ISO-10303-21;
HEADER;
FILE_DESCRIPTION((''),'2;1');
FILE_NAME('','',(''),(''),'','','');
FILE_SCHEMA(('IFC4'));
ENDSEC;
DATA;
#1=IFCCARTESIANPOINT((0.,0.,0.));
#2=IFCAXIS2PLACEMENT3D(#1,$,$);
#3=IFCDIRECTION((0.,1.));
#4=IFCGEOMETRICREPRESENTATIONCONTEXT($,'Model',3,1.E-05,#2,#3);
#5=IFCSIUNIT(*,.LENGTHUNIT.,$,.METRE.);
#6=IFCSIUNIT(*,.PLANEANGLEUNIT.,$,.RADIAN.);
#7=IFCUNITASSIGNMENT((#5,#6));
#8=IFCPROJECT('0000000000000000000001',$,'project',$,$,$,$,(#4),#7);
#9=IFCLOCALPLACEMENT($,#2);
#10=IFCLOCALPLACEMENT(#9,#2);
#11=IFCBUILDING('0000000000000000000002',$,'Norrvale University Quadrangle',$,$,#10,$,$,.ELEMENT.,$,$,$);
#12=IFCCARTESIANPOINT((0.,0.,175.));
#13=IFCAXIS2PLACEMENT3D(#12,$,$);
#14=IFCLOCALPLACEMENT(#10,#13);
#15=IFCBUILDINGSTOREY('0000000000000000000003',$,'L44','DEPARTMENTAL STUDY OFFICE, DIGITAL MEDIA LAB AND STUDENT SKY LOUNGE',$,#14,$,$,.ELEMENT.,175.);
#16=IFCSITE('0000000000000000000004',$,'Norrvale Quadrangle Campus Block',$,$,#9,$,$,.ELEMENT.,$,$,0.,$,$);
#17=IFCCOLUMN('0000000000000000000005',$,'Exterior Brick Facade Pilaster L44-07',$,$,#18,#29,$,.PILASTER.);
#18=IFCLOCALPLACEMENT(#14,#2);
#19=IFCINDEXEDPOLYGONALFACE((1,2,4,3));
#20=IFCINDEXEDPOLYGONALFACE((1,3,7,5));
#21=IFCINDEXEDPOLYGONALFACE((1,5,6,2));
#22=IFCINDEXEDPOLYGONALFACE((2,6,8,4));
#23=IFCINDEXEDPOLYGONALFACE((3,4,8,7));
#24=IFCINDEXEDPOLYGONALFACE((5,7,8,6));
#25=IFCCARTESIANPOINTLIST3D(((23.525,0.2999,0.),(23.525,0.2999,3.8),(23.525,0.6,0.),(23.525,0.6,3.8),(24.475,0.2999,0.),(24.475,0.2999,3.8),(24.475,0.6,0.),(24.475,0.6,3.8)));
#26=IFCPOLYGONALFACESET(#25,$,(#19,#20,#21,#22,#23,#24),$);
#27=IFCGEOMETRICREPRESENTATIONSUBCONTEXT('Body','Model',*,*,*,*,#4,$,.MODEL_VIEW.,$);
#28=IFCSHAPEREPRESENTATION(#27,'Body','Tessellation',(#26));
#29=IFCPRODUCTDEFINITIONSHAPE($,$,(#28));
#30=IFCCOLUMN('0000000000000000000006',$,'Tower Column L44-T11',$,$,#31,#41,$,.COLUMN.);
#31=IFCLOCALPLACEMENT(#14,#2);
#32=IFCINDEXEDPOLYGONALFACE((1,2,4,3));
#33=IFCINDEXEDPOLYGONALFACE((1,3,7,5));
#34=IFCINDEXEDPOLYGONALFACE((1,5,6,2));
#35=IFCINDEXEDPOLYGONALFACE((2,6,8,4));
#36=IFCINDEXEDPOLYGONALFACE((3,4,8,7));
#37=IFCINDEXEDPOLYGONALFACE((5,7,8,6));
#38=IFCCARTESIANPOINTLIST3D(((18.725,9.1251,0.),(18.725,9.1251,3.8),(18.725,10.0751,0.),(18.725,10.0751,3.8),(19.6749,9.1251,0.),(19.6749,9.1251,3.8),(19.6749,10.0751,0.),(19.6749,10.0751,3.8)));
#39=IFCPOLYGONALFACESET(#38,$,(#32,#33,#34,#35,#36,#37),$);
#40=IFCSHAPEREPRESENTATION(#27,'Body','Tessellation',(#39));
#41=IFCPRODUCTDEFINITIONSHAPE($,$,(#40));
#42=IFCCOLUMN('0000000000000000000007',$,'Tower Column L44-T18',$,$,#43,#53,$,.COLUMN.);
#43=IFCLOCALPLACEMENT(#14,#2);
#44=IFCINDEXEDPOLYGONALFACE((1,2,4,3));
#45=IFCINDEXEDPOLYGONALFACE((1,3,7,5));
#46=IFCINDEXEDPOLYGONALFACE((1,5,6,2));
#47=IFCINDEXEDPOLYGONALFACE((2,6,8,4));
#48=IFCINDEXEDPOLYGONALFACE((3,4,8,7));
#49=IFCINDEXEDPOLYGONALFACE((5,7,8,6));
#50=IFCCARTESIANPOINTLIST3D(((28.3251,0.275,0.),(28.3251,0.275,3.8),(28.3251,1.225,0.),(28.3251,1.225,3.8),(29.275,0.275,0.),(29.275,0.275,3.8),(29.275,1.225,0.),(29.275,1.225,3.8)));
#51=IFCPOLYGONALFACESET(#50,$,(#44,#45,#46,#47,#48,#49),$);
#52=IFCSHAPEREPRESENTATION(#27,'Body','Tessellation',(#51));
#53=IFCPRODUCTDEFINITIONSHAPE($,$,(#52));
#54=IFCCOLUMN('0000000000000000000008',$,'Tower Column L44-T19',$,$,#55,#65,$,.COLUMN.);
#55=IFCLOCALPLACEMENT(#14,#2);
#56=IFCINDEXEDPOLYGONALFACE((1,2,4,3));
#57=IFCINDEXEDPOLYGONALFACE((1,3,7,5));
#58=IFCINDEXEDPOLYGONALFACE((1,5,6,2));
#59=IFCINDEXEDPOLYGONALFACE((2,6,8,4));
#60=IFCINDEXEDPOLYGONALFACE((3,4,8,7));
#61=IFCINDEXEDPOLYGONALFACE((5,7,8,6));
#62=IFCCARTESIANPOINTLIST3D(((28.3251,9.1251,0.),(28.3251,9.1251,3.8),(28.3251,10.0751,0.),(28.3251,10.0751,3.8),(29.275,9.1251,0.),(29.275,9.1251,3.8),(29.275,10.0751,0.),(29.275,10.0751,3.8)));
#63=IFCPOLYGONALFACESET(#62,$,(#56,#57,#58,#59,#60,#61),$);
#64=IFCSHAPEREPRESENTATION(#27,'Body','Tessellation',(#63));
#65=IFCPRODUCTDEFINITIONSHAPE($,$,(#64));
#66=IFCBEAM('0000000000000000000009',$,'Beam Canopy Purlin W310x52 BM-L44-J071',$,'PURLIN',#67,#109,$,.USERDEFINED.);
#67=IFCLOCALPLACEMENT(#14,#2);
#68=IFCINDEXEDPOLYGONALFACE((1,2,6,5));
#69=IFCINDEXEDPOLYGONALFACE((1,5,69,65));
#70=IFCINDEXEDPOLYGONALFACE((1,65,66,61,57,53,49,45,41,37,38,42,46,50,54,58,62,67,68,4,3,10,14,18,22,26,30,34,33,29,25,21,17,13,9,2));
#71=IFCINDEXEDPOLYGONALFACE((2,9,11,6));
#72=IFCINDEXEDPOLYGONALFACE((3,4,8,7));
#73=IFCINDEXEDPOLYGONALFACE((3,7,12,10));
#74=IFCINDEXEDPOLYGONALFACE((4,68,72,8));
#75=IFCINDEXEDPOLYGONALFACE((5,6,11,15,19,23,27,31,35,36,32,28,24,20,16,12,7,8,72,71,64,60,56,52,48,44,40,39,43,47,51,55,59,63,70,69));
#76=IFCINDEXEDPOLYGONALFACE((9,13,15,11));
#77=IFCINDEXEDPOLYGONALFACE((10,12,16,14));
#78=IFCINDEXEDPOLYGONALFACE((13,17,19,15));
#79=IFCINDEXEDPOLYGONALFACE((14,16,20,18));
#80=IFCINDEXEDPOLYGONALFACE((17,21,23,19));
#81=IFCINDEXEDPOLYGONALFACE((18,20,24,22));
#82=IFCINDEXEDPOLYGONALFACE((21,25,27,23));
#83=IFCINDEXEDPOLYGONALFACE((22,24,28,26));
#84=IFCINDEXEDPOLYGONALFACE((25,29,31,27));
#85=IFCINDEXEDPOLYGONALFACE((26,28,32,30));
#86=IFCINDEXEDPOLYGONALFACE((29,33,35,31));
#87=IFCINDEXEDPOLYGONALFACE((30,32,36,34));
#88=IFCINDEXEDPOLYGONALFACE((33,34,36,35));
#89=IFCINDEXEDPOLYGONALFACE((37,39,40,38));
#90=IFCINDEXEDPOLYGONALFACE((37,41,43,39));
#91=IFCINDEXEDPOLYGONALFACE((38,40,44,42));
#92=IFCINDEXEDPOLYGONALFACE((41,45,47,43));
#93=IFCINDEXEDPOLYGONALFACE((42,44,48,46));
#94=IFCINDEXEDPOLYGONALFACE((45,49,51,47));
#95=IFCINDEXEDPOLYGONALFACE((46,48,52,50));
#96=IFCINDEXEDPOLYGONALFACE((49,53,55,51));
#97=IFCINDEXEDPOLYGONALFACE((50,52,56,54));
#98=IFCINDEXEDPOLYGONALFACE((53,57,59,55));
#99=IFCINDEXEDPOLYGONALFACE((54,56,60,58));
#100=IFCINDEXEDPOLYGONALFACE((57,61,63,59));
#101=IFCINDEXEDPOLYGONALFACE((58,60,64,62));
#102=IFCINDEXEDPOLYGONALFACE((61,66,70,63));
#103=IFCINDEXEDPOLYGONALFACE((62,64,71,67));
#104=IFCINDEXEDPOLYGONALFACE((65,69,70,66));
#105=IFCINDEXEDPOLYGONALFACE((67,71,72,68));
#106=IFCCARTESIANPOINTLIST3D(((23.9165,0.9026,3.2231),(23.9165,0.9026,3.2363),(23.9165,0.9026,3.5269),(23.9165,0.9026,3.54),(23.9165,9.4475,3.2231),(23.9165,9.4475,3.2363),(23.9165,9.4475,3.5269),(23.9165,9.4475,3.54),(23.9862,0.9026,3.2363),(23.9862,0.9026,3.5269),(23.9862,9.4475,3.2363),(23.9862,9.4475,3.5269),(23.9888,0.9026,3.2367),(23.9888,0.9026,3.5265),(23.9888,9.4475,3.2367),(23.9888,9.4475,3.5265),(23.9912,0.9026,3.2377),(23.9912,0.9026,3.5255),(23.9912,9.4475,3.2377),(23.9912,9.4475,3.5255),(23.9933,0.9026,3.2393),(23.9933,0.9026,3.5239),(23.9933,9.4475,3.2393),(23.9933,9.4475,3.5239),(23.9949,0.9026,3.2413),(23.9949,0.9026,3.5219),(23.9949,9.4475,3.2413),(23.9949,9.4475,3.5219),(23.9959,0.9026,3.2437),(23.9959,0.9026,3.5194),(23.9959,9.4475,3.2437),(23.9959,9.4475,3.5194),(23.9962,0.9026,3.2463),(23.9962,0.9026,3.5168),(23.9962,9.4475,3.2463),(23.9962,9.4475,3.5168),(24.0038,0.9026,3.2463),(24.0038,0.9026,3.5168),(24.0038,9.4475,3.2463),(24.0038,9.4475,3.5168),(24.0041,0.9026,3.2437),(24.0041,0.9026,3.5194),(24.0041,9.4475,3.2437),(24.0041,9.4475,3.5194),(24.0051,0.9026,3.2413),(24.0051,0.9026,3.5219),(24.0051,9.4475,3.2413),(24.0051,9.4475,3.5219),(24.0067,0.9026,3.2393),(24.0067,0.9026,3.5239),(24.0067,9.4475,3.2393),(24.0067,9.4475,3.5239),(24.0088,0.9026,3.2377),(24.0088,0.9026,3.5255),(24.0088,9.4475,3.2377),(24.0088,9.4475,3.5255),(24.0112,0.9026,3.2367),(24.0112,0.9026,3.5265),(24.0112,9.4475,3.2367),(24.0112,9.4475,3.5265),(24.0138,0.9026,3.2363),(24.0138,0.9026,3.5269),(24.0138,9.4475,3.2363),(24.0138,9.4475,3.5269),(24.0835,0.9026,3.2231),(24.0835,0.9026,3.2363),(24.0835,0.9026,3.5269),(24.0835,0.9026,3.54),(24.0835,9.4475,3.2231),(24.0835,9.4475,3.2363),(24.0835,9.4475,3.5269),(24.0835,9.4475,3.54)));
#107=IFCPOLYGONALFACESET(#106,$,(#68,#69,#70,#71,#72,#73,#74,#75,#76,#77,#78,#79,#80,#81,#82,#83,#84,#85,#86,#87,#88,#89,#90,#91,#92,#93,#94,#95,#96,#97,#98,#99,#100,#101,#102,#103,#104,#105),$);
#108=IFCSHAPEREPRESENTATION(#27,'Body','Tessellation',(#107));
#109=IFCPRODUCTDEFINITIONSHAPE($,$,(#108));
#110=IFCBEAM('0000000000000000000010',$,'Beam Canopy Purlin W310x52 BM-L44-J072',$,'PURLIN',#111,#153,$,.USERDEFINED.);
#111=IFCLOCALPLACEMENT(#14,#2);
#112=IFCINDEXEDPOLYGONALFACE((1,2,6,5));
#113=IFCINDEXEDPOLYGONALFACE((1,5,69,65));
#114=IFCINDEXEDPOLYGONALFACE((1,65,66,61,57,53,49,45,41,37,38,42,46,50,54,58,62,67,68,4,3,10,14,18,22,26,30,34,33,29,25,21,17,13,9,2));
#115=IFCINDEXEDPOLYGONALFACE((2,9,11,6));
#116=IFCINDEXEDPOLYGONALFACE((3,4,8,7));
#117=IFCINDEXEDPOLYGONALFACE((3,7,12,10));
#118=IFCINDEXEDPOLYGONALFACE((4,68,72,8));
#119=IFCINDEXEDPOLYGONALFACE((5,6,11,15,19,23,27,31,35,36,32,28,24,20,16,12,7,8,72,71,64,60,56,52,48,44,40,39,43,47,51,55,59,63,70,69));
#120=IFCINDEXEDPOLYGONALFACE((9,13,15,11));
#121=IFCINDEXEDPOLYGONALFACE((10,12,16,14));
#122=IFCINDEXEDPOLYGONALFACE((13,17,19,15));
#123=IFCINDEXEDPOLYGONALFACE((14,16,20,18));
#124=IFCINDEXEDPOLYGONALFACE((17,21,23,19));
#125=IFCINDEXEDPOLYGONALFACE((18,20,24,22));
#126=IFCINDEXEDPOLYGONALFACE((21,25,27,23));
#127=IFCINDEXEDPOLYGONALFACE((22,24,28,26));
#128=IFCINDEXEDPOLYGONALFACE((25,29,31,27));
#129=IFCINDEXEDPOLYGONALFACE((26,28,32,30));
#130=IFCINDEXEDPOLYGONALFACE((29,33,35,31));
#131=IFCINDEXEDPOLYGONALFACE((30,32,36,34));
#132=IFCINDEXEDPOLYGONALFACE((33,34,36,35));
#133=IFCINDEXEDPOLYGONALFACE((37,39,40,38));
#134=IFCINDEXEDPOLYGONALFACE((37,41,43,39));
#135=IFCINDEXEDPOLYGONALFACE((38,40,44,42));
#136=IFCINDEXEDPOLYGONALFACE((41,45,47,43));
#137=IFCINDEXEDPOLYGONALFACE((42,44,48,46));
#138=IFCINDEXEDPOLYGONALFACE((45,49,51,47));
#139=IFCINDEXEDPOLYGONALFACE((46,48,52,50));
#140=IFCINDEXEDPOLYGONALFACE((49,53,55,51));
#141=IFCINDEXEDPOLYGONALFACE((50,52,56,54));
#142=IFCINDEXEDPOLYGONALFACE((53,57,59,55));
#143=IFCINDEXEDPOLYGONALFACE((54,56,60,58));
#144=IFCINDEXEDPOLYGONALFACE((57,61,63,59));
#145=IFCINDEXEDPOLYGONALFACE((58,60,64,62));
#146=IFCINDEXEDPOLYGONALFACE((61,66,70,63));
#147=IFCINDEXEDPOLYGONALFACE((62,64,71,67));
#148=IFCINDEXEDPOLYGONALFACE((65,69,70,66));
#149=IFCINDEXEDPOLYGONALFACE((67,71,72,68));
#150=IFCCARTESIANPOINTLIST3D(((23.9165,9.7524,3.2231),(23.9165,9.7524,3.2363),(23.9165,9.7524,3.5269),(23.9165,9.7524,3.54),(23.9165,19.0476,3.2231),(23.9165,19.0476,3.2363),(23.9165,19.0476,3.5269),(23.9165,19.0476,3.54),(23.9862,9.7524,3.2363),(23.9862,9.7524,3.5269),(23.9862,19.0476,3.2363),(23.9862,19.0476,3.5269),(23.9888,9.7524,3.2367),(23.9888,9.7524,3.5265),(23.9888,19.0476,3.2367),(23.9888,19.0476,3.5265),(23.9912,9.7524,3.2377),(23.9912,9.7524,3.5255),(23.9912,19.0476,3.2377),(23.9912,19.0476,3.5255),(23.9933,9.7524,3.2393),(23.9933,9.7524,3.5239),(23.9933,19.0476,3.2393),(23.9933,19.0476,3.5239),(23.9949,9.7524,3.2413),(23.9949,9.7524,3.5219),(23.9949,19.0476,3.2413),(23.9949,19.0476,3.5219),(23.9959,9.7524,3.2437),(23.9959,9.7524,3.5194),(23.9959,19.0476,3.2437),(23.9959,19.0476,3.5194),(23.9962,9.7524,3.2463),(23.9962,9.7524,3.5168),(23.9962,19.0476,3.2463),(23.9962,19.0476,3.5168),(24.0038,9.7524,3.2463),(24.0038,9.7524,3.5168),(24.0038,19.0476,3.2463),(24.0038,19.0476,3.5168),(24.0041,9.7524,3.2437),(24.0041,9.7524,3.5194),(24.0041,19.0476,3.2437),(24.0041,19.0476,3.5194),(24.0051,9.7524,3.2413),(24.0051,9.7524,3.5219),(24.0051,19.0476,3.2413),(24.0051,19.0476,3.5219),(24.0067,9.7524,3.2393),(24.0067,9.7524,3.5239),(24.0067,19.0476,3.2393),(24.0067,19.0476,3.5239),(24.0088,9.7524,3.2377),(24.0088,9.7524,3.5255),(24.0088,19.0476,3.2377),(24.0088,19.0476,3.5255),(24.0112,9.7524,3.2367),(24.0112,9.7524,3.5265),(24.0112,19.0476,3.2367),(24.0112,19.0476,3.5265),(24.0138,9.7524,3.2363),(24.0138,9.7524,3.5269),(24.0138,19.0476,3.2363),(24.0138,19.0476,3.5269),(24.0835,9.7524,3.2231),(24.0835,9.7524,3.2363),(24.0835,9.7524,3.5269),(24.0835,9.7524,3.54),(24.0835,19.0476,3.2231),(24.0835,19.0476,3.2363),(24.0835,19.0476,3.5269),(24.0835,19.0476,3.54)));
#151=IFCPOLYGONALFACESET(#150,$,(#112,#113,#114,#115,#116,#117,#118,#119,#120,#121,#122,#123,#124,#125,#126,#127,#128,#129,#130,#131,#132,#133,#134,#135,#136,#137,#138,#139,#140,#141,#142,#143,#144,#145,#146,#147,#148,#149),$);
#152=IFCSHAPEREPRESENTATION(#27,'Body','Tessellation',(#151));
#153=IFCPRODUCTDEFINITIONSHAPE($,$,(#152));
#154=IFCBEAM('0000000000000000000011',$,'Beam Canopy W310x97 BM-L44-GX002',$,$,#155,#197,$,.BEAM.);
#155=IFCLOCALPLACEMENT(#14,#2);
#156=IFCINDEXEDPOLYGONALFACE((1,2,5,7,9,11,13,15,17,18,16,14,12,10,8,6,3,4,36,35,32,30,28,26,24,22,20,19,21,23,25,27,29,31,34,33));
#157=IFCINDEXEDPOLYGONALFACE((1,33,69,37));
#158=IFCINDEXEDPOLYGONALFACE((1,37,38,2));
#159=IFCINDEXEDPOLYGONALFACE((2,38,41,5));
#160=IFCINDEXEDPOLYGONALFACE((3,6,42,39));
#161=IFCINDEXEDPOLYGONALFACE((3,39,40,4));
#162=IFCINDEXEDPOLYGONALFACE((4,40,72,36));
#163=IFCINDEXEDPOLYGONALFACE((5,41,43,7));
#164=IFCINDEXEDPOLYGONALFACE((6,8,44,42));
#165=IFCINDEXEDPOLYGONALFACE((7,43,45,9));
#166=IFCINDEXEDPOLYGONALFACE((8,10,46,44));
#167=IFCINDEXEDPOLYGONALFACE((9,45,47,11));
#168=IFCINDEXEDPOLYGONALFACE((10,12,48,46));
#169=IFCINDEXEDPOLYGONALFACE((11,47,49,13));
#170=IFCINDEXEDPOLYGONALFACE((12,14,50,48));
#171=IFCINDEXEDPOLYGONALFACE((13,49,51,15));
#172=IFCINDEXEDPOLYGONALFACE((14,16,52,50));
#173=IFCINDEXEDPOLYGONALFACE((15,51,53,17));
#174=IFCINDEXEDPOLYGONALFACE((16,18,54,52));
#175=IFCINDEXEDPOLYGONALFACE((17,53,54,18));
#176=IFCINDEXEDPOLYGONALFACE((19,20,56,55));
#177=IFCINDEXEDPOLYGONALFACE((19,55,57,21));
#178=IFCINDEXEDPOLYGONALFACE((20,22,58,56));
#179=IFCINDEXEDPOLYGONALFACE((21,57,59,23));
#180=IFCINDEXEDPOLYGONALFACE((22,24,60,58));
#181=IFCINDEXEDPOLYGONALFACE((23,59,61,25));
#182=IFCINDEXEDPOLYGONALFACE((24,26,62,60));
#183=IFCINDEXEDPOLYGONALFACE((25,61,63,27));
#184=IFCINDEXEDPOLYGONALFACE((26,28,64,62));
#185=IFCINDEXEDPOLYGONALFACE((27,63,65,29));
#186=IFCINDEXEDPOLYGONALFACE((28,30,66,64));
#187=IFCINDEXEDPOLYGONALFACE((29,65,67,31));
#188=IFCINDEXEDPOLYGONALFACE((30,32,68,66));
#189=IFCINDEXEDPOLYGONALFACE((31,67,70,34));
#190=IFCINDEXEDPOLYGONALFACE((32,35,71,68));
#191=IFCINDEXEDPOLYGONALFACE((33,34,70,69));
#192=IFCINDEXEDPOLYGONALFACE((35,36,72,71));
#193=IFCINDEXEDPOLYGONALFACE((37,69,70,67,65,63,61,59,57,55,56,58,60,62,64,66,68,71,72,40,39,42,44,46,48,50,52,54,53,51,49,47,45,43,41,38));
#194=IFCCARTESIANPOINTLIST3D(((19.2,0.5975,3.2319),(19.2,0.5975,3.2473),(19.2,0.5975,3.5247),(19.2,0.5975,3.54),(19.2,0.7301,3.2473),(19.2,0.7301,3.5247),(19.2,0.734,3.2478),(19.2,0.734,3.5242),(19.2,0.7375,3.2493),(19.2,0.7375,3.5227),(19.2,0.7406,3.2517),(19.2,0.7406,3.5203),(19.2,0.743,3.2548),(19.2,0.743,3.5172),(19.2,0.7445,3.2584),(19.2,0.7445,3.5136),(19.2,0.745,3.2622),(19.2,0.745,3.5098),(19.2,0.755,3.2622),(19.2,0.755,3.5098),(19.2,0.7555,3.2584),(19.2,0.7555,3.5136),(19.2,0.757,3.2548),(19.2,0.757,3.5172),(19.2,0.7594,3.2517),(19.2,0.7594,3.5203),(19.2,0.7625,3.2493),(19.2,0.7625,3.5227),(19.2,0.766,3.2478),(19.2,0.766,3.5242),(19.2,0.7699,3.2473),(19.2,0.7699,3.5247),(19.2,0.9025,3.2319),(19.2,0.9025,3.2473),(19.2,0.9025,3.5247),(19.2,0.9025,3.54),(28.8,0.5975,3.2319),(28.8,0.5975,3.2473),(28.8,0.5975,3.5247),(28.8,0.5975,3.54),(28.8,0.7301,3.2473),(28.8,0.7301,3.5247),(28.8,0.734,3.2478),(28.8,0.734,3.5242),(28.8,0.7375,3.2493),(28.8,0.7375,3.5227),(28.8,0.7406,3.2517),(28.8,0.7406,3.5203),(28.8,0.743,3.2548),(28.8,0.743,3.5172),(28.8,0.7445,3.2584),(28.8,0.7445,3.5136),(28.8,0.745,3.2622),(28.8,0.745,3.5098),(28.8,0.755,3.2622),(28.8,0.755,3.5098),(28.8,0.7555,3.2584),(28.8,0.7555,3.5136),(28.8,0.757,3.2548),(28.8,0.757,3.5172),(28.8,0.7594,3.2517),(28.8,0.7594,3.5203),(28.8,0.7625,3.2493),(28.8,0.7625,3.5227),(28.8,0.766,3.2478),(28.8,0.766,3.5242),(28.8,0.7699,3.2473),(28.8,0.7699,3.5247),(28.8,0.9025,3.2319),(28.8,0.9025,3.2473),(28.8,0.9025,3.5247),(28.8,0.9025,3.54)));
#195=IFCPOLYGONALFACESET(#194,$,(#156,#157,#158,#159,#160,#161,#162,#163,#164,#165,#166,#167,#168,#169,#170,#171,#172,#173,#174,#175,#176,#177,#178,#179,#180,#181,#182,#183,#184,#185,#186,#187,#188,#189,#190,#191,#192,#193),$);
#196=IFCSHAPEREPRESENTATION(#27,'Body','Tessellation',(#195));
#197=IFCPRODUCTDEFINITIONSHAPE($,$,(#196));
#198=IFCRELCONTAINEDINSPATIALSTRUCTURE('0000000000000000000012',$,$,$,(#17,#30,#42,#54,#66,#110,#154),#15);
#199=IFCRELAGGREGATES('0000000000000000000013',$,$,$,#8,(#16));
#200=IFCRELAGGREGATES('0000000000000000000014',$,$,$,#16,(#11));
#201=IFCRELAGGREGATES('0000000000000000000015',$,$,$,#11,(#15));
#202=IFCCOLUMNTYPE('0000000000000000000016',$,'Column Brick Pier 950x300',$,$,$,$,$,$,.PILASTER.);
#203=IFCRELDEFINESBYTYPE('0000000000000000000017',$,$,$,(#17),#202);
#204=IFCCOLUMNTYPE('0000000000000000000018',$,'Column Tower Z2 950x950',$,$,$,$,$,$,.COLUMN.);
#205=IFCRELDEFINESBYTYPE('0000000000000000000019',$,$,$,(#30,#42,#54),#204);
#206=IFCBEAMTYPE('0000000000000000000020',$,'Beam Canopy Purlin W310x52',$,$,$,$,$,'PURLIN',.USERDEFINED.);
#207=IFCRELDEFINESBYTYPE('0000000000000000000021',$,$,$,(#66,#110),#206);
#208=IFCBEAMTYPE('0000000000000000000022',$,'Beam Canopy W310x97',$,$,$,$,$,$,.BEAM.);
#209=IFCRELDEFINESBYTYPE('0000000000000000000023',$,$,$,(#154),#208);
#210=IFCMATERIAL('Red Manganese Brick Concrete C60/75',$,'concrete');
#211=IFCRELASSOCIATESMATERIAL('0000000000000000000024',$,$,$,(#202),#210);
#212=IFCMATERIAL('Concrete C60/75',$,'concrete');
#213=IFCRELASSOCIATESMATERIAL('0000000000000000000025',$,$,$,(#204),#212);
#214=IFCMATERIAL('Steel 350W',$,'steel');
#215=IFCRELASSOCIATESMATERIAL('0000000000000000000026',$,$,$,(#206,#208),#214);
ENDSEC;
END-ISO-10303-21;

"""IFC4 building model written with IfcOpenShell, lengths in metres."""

from ifc_helpers import new_model, si_unit, direction, frame, origin, origin_2d, place, context, subcontext, project, spatial, rectangle, i_section, extrude, material, material_profile, profile_set, type_object, element, save


model = new_model("IFC4")

# Units and contexts
model_context = context("Model", 3, precision=1e-05, world=origin(), true_north=direction((0.0, 1.0)))
body_context = subcontext(model_context, "Body", "Model", "MODEL_VIEW")
ifc_project = project(units=[si_unit("LENGTHUNIT", "METRE"), si_unit("PLANEANGLEUNIT", "RADIAN")], contexts=[model_context])

# Site, building, storey
site_placement = place(None, origin())
site = spatial("IfcSite", under=ifc_project, at=site_placement, Name="Norrvale Quadrangle Campus Block", CompositionType="ELEMENT", RefElevation=0.0)
building_placement = place(site_placement, origin())
building = spatial("IfcBuilding", under=site, at=building_placement, Name="Norrvale University Quadrangle", CompositionType="ELEMENT")
storey_placement = place(building_placement, frame((0.0, 0.0, 175.0)))
storey = spatial("IfcBuildingStorey", under=building, at=storey_placement, Name="L44", Description="DEPARTMENTAL STUDY OFFICE, DIGITAL MEDIA LAB AND STUDENT SKY LOUNGE", CompositionType="ELEMENT", Elevation=175.0)

# Columns
ifc_material_1 = material(Name="Red Manganese Brick Concrete C60/75", Category="concrete")
ifc_material_profile_1 = material_profile(ifc_material_1, rectangle(XDim=0.95, YDim=0.3, at=origin_2d()), Name="Red Manganese Brick Concrete C60/75")
ifc_profile_set_1 = profile_set([ifc_material_profile_1], Name="Red Manganese Brick Concrete C60/75")
column_type_1 = type_object("IfcColumnType", Name="Column Brick Pier 950x300", PredefinedType="PILASTER", material=ifc_profile_set_1)
column_placement = place(storey_placement, frame((24.0, 0.45, 0.0), z_axis=(0.0, 0.0, 1.0), x_axis=(1.0, 0.0, 0.0)))
element("IfcColumn", 1, at=column_placement, inside=storey, type_object=column_type_1, Name="Exterior Brick Facade Pilaster L44-07", PredefinedType="PILASTER", context=body_context, shape_type="SweptSolid", body=[
    extrude(rectangle(XDim=0.95, YDim=0.3, at=origin_2d()), origin(), (0.0, 0.0, 1.0), 3.8),
])
ifc_material_2 = material(Name="Concrete C60/75", Category="concrete")
ifc_material_profile_2 = material_profile(ifc_material_2, rectangle(XDim=0.95, YDim=0.95, at=origin_2d()), Name="Concrete C60/75")
ifc_profile_set_2 = profile_set([ifc_material_profile_2], Name="Concrete C60/75")
column_type_2 = type_object("IfcColumnType", Name="Column Tower Z2 950x950", PredefinedType="COLUMN", material=ifc_profile_set_2)
for number, where, z_axis, x_axis, name in (
    (2, (19.2, 9.6001, 0.0), (0.0, 0.0, 1.0), (1.0, 0.0, 0.0), "Tower Column L44-T11"),
    (3, (28.8, 0.75, 0.0), (0.0, 0.0, 1.0), (1.0, 0.0, 0.0), "Tower Column L44-T18"),
    (4, (28.8, 9.6001, 0.0), (0.0, 0.0, 1.0), (1.0, 0.0, 0.0), "Tower Column L44-T19"),
):
    element("IfcColumn", number, at=place(storey_placement, frame(where, z_axis=z_axis, x_axis=x_axis)), inside=storey, type_object=column_type_2, Name=name, PredefinedType="COLUMN", context=body_context, shape_type="SweptSolid", body=[
        extrude(rectangle(XDim=0.95, YDim=0.95, at=origin_2d()), origin(), (0.0, 0.0, 1.0), 3.8),
    ])

# Beams
ifc_material_3 = material(Name="Steel 350W", Category="steel")
ifc_material_profile_3 = material_profile(ifc_material_3, i_section(OverallWidth=0.167, OverallDepth=0.3169, WebThickness=0.0076, FlangeThickness=0.0132, FilletRadius=0.01, at=origin_2d()), Name="Steel 350W")
ifc_profile_set_3 = profile_set([ifc_material_profile_3], Name="Steel 350W")
beam_type_1 = type_object("IfcBeamType", Name="Beam Canopy Purlin W310x52", ElementType="PURLIN", PredefinedType="USERDEFINED", material=ifc_profile_set_3)
beam_1_placement = place(storey_placement, frame((24.0, 0.9026, 3.3816), z_axis=(0.0, 1.0, 0.0), x_axis=(-1.0, 0.0, 0.0)))
element("IfcBeam", 5, at=beam_1_placement, inside=storey, type_object=beam_type_1, Name="Beam Canopy Purlin W310x52 BM-L44-J071", ObjectType="PURLIN", PredefinedType="USERDEFINED", context=body_context, shape_type="SweptSolid", body=[
    extrude(i_section(OverallWidth=0.167, OverallDepth=0.3169, WebThickness=0.0076, FlangeThickness=0.0132, FilletRadius=0.01, at=origin_2d()), origin(), (0.0, 0.0, 1.0), 8.5449),
])
beam_2_placement = place(storey_placement, frame((24.0, 9.7524, 3.3816), z_axis=(0.0, 1.0, 0.0), x_axis=(-1.0, 0.0, 0.0)))
element("IfcBeam", 6, at=beam_2_placement, inside=storey, type_object=beam_type_1, Name="Beam Canopy Purlin W310x52 BM-L44-J072", ObjectType="PURLIN", PredefinedType="USERDEFINED", context=body_context, shape_type="SweptSolid", body=[
    extrude(i_section(OverallWidth=0.167, OverallDepth=0.3169, WebThickness=0.0076, FlangeThickness=0.0132, FilletRadius=0.01, at=origin_2d()), origin(), (0.0, 0.0, 1.0), 9.2952),
])
ifc_material_profile_4 = material_profile(ifc_material_3, i_section(OverallWidth=0.3049, OverallDepth=0.3081, WebThickness=0.01, FlangeThickness=0.0154, FilletRadius=0.0149, at=origin_2d()), Name="Steel 350W")
ifc_profile_set_4 = profile_set([ifc_material_profile_4], Name="Steel 350W")
beam_type_2 = type_object("IfcBeamType", Name="Beam Canopy W310x97", PredefinedType="BEAM", material=ifc_profile_set_4)
beam_3_placement = place(storey_placement, frame((19.2, 0.75, 3.386), z_axis=(1.0, 0.0, 0.0), x_axis=(0.0, 1.0, 0.0)))
element("IfcBeam", 7, at=beam_3_placement, inside=storey, type_object=beam_type_2, Name="Beam Canopy W310x97 BM-L44-GX002", PredefinedType="BEAM", context=body_context, shape_type="SweptSolid", body=[
    extrude(i_section(OverallWidth=0.3049, OverallDepth=0.3081, WebThickness=0.01, FlangeThickness=0.0154, FilletRadius=0.0149, at=origin_2d()), origin(), (0.0, 0.0, 1.0), 9.6001),
])

save(model, "model.ifc")
